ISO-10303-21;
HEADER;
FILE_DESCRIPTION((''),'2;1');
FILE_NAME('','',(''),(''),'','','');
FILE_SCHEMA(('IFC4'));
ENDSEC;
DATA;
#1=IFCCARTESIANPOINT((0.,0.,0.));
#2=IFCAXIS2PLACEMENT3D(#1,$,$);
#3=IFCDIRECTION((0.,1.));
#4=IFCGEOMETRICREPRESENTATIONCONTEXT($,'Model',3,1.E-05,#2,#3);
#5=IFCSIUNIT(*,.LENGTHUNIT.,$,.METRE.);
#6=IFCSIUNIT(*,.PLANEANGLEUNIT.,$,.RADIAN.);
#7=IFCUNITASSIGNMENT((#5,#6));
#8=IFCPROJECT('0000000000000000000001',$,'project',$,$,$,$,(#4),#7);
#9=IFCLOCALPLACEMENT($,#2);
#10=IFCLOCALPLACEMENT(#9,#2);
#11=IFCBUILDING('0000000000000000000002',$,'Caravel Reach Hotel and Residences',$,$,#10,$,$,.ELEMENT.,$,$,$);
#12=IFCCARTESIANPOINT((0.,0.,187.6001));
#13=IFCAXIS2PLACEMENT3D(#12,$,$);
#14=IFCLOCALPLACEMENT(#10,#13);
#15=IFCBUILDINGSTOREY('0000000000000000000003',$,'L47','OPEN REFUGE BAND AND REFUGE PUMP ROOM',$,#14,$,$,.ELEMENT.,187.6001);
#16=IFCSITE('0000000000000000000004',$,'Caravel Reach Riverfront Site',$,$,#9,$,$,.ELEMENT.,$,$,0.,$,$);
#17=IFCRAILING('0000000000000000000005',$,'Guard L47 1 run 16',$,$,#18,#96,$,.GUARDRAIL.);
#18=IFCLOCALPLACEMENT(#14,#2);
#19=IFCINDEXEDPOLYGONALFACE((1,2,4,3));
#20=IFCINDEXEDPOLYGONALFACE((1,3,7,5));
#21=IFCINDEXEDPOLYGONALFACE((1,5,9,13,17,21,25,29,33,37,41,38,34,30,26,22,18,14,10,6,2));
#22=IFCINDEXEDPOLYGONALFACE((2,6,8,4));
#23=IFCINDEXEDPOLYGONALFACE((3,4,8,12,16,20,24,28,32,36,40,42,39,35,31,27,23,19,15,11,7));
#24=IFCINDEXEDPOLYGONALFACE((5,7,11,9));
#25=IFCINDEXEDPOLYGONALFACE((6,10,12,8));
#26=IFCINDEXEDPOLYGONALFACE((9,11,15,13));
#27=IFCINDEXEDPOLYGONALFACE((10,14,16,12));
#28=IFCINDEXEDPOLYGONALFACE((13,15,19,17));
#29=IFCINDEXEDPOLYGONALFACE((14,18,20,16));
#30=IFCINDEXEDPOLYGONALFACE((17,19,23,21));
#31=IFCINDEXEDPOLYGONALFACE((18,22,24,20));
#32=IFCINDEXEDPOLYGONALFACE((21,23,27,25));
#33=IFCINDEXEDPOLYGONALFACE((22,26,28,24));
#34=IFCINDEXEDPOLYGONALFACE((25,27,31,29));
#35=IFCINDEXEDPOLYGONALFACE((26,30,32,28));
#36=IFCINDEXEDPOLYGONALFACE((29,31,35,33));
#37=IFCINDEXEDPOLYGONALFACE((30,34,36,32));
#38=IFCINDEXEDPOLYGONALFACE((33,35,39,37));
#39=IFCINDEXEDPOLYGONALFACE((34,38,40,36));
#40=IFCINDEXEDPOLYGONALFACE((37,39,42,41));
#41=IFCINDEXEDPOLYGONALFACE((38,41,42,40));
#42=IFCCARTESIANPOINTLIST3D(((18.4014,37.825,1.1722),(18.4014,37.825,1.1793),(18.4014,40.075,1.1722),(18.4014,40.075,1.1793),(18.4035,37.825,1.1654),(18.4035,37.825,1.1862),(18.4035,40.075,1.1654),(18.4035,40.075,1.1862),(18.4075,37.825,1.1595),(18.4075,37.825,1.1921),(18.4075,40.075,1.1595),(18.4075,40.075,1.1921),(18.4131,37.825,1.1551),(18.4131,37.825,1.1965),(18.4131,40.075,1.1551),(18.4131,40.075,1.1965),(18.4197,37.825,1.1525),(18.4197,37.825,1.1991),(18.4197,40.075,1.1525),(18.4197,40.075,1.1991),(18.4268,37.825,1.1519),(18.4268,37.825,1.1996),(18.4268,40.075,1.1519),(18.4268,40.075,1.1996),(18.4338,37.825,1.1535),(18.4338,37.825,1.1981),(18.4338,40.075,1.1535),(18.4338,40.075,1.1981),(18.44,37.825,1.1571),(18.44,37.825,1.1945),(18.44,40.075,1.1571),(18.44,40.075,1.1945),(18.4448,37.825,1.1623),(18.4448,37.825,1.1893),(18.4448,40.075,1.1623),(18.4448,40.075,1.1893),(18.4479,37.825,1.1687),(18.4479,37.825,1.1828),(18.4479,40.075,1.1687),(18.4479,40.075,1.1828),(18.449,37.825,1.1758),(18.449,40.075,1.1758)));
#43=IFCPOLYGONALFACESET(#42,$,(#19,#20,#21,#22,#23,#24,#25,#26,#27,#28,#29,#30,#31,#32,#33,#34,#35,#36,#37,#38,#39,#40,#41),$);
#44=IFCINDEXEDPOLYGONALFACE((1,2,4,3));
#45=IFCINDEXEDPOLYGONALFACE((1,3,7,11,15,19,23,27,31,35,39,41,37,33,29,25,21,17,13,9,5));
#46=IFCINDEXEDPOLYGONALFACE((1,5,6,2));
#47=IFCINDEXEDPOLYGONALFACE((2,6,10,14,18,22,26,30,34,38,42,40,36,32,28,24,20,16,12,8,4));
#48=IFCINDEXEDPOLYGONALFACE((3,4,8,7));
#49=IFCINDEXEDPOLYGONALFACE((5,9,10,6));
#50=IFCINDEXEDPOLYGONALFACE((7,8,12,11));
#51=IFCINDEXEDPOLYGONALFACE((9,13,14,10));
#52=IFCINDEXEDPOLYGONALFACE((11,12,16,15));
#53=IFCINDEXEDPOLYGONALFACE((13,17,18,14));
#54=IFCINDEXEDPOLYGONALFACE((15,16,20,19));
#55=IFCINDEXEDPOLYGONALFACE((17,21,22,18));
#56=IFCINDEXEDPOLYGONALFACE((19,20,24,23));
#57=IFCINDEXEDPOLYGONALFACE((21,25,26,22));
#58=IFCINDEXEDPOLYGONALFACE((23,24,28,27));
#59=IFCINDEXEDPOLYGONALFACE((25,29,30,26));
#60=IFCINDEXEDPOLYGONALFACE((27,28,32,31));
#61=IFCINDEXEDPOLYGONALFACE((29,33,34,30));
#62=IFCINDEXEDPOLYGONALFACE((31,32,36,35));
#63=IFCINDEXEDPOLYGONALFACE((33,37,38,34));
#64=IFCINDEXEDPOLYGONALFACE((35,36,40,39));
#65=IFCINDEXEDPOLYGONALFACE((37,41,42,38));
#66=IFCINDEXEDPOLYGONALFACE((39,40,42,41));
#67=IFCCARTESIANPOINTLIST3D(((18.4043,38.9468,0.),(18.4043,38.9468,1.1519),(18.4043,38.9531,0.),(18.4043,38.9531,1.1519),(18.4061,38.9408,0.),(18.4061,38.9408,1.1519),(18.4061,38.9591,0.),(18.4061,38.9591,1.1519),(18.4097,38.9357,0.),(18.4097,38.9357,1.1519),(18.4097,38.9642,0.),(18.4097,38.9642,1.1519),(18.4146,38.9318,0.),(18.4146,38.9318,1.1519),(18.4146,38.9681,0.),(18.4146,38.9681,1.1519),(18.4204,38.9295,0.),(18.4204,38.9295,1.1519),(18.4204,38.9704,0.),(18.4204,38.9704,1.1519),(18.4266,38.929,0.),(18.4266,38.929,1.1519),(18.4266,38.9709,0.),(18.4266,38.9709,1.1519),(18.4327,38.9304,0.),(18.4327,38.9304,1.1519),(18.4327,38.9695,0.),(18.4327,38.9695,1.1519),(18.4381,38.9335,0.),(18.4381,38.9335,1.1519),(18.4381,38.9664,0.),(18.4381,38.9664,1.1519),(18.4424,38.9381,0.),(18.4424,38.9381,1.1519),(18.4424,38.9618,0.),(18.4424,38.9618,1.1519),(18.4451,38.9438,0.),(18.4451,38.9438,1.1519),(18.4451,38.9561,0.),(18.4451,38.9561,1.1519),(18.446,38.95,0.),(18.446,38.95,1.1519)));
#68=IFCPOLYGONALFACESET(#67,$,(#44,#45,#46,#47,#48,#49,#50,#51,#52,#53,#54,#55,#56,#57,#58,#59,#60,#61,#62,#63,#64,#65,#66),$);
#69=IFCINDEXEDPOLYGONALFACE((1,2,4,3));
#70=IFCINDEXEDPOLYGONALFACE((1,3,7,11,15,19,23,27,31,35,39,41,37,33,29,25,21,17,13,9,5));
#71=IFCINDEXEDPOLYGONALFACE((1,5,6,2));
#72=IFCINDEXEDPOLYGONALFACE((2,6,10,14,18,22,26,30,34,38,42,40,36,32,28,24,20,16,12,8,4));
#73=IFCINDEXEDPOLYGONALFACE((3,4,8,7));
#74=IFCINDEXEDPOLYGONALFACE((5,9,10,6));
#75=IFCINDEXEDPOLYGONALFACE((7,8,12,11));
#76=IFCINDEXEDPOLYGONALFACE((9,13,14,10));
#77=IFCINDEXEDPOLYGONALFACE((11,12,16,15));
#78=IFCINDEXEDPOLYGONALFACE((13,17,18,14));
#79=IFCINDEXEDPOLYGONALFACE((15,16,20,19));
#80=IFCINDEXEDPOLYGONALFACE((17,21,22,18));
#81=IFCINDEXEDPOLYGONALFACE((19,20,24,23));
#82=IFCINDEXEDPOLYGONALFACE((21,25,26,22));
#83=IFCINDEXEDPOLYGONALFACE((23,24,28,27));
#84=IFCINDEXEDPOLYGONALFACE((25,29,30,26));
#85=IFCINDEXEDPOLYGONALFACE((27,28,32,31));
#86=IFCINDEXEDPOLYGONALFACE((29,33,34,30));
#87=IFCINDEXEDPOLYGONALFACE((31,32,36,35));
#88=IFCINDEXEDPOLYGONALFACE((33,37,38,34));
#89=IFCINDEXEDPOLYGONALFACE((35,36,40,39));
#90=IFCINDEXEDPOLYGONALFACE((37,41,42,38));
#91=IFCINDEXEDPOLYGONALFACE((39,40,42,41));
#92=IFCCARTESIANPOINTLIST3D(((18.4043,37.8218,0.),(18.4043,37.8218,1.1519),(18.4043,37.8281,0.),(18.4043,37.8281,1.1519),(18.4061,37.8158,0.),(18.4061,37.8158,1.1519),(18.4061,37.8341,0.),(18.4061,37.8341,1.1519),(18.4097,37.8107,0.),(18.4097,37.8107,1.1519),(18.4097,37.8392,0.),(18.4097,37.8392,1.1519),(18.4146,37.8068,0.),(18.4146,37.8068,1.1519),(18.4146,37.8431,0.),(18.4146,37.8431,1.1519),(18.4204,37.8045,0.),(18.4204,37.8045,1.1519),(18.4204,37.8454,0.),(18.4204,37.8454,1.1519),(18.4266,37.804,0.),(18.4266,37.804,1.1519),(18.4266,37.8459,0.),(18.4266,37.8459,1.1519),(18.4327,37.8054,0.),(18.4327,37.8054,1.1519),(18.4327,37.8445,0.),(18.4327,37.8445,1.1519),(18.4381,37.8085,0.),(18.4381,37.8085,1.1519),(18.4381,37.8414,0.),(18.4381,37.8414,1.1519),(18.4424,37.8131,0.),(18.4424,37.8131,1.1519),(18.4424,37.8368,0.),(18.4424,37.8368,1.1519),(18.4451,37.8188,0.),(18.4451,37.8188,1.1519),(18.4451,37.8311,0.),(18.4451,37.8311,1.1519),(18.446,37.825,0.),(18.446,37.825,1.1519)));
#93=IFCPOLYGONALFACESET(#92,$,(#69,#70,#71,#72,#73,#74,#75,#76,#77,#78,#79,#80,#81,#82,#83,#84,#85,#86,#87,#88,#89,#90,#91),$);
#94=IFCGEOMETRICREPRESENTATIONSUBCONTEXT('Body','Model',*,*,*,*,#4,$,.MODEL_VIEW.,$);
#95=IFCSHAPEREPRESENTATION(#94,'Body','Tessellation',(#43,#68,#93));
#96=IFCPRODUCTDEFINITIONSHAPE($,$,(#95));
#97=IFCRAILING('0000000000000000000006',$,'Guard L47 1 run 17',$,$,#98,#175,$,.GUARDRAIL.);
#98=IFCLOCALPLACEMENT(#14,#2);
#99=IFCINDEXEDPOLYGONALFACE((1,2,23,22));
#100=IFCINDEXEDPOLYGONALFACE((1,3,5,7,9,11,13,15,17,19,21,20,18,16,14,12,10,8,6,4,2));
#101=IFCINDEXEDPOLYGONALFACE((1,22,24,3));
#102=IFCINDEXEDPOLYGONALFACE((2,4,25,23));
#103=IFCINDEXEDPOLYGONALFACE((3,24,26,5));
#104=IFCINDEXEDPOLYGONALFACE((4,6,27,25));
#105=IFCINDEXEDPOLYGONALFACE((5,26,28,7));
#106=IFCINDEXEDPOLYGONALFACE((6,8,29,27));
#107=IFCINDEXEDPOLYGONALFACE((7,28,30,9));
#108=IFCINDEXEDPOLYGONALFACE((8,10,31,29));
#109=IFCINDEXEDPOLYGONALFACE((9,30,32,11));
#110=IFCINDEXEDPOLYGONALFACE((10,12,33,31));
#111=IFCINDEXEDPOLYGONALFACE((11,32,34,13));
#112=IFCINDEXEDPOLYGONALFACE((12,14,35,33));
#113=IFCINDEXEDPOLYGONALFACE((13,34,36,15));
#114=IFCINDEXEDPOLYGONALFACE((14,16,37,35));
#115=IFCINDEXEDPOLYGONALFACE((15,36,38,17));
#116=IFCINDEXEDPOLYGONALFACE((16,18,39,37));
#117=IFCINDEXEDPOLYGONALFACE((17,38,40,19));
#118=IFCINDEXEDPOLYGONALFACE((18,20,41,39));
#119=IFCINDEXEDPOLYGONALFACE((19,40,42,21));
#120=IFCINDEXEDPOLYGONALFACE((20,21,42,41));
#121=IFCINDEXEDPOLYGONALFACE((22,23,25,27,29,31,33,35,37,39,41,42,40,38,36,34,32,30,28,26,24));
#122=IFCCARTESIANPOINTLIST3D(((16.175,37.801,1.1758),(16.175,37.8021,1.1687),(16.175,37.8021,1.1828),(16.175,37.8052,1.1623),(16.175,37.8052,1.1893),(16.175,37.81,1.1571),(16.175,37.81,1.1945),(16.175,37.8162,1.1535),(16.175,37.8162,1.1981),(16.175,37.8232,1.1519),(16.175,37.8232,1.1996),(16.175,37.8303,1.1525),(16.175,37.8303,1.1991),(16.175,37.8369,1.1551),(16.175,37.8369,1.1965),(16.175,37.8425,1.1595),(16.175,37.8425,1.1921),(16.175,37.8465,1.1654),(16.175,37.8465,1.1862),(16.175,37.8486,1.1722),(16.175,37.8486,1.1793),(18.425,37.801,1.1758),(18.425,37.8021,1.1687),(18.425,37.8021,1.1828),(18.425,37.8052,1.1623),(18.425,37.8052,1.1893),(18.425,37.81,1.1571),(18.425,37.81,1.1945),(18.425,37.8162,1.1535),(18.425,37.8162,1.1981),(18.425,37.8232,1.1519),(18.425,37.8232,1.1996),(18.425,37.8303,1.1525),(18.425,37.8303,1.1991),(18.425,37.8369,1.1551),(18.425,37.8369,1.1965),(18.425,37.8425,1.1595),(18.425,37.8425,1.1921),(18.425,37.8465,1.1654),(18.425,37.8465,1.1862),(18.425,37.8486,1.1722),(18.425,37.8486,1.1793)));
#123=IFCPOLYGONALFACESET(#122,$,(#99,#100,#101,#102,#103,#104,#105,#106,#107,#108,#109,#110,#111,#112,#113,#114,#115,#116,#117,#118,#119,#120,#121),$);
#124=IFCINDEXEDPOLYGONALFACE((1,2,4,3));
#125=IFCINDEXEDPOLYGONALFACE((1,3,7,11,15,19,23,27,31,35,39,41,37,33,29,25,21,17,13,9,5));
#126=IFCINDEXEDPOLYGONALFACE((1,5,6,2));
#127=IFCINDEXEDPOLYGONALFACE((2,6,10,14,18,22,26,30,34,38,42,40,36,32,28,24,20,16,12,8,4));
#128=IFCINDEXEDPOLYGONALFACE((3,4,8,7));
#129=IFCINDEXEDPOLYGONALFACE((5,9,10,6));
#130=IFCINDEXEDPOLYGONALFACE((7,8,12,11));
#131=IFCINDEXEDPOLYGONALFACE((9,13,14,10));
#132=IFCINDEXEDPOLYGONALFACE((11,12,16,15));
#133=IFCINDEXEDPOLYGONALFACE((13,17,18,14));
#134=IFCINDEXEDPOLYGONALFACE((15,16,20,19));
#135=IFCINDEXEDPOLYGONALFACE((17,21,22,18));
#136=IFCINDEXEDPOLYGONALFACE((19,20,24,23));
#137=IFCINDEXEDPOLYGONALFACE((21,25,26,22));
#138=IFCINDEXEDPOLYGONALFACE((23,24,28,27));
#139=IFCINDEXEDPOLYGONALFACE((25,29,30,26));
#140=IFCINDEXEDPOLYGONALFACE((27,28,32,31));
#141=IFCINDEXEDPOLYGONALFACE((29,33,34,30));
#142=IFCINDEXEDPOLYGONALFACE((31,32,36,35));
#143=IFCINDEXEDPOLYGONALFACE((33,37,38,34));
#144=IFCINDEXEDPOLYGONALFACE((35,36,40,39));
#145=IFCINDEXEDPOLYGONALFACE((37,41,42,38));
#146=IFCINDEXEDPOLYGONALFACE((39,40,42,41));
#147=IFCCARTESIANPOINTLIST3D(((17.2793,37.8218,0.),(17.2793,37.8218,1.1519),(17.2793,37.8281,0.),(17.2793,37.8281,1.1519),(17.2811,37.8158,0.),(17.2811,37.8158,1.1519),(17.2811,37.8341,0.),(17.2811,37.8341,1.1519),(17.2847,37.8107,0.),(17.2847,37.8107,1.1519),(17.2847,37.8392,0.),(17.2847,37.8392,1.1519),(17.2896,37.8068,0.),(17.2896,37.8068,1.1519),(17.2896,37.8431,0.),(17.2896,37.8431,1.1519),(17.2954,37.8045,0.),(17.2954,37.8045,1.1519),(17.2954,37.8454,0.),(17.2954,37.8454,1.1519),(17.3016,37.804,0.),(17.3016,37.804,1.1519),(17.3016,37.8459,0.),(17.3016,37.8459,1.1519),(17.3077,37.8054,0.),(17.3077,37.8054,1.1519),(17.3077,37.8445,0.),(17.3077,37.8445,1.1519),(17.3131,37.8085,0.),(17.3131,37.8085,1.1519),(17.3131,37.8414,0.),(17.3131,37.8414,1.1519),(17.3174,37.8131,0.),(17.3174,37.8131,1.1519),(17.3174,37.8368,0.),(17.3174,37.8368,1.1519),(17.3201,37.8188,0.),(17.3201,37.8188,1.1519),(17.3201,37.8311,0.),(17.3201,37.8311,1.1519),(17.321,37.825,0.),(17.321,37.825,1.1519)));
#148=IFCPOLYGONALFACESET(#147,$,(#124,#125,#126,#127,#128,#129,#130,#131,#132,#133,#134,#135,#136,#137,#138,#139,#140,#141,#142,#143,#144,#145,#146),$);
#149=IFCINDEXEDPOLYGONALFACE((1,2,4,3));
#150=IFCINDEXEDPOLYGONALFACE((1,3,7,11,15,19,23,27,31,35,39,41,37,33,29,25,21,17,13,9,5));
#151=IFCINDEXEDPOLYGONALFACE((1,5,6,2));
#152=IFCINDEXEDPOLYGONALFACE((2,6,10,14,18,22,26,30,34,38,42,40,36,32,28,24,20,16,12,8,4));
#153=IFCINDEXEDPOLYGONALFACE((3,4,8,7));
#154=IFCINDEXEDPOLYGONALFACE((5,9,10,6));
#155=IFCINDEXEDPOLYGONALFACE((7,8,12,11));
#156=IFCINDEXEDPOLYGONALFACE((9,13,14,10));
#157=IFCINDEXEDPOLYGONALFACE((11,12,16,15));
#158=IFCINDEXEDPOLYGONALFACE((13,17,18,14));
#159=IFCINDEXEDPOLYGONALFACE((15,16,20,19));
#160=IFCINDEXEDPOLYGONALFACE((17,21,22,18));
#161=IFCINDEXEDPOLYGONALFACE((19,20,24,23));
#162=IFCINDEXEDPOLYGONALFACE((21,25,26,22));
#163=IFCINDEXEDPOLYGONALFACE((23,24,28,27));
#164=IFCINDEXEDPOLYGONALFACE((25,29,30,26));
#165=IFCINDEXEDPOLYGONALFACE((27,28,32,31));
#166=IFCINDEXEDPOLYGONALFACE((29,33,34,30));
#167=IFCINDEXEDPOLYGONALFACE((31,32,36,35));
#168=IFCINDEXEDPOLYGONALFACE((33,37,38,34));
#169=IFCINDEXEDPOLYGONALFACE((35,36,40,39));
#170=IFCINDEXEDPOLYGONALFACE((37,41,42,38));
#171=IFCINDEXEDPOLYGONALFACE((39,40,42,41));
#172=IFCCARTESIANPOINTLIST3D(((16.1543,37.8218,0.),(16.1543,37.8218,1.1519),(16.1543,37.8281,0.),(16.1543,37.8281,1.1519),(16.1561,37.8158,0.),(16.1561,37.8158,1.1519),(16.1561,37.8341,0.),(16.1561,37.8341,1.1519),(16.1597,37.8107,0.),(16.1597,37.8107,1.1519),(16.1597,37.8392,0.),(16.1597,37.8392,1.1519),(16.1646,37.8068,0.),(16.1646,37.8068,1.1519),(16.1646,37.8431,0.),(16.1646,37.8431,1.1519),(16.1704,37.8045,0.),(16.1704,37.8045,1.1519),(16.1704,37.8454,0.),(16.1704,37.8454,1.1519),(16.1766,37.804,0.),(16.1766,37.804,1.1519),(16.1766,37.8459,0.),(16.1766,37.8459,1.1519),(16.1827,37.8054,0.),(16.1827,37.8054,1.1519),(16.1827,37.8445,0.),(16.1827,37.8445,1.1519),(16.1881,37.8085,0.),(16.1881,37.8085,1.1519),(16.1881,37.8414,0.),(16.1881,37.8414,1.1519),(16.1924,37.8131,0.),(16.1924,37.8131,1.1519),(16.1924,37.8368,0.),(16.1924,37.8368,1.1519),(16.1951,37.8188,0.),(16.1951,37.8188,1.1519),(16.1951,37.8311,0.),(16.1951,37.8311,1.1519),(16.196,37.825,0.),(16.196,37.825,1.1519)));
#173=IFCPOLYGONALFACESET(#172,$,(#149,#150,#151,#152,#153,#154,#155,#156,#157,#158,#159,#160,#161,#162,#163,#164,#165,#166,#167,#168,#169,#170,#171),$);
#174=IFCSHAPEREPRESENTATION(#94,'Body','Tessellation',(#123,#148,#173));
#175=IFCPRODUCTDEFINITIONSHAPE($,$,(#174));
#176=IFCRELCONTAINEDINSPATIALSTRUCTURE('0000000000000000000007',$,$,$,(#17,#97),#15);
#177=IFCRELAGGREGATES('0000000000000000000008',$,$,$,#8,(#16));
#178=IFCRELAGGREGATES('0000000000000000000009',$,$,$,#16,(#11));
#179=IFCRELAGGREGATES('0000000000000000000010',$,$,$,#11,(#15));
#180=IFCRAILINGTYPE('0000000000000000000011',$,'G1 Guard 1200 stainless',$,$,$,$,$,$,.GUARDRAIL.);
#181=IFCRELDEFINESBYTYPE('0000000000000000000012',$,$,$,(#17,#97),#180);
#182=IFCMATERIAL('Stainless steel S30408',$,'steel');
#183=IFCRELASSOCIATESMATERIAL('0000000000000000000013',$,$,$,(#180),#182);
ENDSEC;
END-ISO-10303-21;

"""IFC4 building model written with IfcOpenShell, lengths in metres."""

from ifc_helpers import new_model, si_unit, direction, frame, origin, origin_2d, place, context, subcontext, project, spatial, circle, extrude, material, type_object, element, save


model = new_model("IFC4")

# Units and contexts
model_context = context("Model", 3, precision=1e-05, world=origin(), true_north=direction((0.0, 1.0)))
body_context = subcontext(model_context, "Body", "Model", "MODEL_VIEW")
ifc_project = project(units=[si_unit("LENGTHUNIT", "METRE"), si_unit("PLANEANGLEUNIT", "RADIAN")], contexts=[model_context])

# Site, building, storey
site_placement = place(None, origin())
site = spatial("IfcSite", under=ifc_project, at=site_placement, Name="Caravel Reach Riverfront Site", CompositionType="ELEMENT", RefElevation=0.0)
building_placement = place(site_placement, origin())
building = spatial("IfcBuilding", under=site, at=building_placement, Name="Caravel Reach Hotel and Residences", CompositionType="ELEMENT")
storey_placement = place(building_placement, frame((0.0, 0.0, 187.6001)))
storey = spatial("IfcBuildingStorey", under=building, at=storey_placement, Name="L47", Description="OPEN REFUGE BAND AND REFUGE PUMP ROOM", CompositionType="ELEMENT", Elevation=187.6001)

# Railings
ifc_material_1 = material(Name="Stainless steel S30408", Category="steel")
railing_type = type_object("IfcRailingType", Name="G1 Guard 1200 stainless", PredefinedType="GUARDRAIL", material=ifc_material_1)
railing_1_placement = place(storey_placement, frame((18.425, 40.075, 0.0)))
element("IfcRailing", 1, at=railing_1_placement, inside=storey, type_object=railing_type, Name="Guard L47 1 run 16", PredefinedType="GUARDRAIL", context=body_context, shape_type="SweptSolid", body=[
    extrude(circle(Radius=0.0239, at=origin_2d()), frame((0.0, 0.0, 1.1758), z_axis=(0.0, -1.0, 0.0), x_axis=(1.0, 0.0, 0.0)), (0.0, 0.0, 1.0), 2.25),
    extrude(circle(Radius=0.021, at=origin_2d()), frame((0.0, -1.125, 0.0)), (0.0, 0.0, 1.0), 1.1519),
    extrude(circle(Radius=0.021, at=origin_2d()), frame((0.0, -2.25, 0.0)), (0.0, 0.0, 1.0), 1.1519),
])
railing_2_placement = place(storey_placement, frame((18.425, 37.825, 0.0)))
element("IfcRailing", 2, at=railing_2_placement, inside=storey, type_object=railing_type, Name="Guard L47 1 run 17", PredefinedType="GUARDRAIL", context=body_context, shape_type="SweptSolid", body=[
    extrude(circle(Radius=0.0239, at=origin_2d()), frame((0.0, 0.0, 1.1758), z_axis=(-1.0, 0.0, 0.0), x_axis=(0.0, -1.0, 0.0)), (0.0, 0.0, 1.0), 2.25),
    extrude(circle(Radius=0.021, at=origin_2d()), frame((-1.125, 0.0, 0.0)), (0.0, 0.0, 1.0), 1.1519),
    extrude(circle(Radius=0.021, at=origin_2d()), frame((-2.25, 0.0, 0.0)), (0.0, 0.0, 1.0), 1.1519),
])

save(model, "model.ifc")
